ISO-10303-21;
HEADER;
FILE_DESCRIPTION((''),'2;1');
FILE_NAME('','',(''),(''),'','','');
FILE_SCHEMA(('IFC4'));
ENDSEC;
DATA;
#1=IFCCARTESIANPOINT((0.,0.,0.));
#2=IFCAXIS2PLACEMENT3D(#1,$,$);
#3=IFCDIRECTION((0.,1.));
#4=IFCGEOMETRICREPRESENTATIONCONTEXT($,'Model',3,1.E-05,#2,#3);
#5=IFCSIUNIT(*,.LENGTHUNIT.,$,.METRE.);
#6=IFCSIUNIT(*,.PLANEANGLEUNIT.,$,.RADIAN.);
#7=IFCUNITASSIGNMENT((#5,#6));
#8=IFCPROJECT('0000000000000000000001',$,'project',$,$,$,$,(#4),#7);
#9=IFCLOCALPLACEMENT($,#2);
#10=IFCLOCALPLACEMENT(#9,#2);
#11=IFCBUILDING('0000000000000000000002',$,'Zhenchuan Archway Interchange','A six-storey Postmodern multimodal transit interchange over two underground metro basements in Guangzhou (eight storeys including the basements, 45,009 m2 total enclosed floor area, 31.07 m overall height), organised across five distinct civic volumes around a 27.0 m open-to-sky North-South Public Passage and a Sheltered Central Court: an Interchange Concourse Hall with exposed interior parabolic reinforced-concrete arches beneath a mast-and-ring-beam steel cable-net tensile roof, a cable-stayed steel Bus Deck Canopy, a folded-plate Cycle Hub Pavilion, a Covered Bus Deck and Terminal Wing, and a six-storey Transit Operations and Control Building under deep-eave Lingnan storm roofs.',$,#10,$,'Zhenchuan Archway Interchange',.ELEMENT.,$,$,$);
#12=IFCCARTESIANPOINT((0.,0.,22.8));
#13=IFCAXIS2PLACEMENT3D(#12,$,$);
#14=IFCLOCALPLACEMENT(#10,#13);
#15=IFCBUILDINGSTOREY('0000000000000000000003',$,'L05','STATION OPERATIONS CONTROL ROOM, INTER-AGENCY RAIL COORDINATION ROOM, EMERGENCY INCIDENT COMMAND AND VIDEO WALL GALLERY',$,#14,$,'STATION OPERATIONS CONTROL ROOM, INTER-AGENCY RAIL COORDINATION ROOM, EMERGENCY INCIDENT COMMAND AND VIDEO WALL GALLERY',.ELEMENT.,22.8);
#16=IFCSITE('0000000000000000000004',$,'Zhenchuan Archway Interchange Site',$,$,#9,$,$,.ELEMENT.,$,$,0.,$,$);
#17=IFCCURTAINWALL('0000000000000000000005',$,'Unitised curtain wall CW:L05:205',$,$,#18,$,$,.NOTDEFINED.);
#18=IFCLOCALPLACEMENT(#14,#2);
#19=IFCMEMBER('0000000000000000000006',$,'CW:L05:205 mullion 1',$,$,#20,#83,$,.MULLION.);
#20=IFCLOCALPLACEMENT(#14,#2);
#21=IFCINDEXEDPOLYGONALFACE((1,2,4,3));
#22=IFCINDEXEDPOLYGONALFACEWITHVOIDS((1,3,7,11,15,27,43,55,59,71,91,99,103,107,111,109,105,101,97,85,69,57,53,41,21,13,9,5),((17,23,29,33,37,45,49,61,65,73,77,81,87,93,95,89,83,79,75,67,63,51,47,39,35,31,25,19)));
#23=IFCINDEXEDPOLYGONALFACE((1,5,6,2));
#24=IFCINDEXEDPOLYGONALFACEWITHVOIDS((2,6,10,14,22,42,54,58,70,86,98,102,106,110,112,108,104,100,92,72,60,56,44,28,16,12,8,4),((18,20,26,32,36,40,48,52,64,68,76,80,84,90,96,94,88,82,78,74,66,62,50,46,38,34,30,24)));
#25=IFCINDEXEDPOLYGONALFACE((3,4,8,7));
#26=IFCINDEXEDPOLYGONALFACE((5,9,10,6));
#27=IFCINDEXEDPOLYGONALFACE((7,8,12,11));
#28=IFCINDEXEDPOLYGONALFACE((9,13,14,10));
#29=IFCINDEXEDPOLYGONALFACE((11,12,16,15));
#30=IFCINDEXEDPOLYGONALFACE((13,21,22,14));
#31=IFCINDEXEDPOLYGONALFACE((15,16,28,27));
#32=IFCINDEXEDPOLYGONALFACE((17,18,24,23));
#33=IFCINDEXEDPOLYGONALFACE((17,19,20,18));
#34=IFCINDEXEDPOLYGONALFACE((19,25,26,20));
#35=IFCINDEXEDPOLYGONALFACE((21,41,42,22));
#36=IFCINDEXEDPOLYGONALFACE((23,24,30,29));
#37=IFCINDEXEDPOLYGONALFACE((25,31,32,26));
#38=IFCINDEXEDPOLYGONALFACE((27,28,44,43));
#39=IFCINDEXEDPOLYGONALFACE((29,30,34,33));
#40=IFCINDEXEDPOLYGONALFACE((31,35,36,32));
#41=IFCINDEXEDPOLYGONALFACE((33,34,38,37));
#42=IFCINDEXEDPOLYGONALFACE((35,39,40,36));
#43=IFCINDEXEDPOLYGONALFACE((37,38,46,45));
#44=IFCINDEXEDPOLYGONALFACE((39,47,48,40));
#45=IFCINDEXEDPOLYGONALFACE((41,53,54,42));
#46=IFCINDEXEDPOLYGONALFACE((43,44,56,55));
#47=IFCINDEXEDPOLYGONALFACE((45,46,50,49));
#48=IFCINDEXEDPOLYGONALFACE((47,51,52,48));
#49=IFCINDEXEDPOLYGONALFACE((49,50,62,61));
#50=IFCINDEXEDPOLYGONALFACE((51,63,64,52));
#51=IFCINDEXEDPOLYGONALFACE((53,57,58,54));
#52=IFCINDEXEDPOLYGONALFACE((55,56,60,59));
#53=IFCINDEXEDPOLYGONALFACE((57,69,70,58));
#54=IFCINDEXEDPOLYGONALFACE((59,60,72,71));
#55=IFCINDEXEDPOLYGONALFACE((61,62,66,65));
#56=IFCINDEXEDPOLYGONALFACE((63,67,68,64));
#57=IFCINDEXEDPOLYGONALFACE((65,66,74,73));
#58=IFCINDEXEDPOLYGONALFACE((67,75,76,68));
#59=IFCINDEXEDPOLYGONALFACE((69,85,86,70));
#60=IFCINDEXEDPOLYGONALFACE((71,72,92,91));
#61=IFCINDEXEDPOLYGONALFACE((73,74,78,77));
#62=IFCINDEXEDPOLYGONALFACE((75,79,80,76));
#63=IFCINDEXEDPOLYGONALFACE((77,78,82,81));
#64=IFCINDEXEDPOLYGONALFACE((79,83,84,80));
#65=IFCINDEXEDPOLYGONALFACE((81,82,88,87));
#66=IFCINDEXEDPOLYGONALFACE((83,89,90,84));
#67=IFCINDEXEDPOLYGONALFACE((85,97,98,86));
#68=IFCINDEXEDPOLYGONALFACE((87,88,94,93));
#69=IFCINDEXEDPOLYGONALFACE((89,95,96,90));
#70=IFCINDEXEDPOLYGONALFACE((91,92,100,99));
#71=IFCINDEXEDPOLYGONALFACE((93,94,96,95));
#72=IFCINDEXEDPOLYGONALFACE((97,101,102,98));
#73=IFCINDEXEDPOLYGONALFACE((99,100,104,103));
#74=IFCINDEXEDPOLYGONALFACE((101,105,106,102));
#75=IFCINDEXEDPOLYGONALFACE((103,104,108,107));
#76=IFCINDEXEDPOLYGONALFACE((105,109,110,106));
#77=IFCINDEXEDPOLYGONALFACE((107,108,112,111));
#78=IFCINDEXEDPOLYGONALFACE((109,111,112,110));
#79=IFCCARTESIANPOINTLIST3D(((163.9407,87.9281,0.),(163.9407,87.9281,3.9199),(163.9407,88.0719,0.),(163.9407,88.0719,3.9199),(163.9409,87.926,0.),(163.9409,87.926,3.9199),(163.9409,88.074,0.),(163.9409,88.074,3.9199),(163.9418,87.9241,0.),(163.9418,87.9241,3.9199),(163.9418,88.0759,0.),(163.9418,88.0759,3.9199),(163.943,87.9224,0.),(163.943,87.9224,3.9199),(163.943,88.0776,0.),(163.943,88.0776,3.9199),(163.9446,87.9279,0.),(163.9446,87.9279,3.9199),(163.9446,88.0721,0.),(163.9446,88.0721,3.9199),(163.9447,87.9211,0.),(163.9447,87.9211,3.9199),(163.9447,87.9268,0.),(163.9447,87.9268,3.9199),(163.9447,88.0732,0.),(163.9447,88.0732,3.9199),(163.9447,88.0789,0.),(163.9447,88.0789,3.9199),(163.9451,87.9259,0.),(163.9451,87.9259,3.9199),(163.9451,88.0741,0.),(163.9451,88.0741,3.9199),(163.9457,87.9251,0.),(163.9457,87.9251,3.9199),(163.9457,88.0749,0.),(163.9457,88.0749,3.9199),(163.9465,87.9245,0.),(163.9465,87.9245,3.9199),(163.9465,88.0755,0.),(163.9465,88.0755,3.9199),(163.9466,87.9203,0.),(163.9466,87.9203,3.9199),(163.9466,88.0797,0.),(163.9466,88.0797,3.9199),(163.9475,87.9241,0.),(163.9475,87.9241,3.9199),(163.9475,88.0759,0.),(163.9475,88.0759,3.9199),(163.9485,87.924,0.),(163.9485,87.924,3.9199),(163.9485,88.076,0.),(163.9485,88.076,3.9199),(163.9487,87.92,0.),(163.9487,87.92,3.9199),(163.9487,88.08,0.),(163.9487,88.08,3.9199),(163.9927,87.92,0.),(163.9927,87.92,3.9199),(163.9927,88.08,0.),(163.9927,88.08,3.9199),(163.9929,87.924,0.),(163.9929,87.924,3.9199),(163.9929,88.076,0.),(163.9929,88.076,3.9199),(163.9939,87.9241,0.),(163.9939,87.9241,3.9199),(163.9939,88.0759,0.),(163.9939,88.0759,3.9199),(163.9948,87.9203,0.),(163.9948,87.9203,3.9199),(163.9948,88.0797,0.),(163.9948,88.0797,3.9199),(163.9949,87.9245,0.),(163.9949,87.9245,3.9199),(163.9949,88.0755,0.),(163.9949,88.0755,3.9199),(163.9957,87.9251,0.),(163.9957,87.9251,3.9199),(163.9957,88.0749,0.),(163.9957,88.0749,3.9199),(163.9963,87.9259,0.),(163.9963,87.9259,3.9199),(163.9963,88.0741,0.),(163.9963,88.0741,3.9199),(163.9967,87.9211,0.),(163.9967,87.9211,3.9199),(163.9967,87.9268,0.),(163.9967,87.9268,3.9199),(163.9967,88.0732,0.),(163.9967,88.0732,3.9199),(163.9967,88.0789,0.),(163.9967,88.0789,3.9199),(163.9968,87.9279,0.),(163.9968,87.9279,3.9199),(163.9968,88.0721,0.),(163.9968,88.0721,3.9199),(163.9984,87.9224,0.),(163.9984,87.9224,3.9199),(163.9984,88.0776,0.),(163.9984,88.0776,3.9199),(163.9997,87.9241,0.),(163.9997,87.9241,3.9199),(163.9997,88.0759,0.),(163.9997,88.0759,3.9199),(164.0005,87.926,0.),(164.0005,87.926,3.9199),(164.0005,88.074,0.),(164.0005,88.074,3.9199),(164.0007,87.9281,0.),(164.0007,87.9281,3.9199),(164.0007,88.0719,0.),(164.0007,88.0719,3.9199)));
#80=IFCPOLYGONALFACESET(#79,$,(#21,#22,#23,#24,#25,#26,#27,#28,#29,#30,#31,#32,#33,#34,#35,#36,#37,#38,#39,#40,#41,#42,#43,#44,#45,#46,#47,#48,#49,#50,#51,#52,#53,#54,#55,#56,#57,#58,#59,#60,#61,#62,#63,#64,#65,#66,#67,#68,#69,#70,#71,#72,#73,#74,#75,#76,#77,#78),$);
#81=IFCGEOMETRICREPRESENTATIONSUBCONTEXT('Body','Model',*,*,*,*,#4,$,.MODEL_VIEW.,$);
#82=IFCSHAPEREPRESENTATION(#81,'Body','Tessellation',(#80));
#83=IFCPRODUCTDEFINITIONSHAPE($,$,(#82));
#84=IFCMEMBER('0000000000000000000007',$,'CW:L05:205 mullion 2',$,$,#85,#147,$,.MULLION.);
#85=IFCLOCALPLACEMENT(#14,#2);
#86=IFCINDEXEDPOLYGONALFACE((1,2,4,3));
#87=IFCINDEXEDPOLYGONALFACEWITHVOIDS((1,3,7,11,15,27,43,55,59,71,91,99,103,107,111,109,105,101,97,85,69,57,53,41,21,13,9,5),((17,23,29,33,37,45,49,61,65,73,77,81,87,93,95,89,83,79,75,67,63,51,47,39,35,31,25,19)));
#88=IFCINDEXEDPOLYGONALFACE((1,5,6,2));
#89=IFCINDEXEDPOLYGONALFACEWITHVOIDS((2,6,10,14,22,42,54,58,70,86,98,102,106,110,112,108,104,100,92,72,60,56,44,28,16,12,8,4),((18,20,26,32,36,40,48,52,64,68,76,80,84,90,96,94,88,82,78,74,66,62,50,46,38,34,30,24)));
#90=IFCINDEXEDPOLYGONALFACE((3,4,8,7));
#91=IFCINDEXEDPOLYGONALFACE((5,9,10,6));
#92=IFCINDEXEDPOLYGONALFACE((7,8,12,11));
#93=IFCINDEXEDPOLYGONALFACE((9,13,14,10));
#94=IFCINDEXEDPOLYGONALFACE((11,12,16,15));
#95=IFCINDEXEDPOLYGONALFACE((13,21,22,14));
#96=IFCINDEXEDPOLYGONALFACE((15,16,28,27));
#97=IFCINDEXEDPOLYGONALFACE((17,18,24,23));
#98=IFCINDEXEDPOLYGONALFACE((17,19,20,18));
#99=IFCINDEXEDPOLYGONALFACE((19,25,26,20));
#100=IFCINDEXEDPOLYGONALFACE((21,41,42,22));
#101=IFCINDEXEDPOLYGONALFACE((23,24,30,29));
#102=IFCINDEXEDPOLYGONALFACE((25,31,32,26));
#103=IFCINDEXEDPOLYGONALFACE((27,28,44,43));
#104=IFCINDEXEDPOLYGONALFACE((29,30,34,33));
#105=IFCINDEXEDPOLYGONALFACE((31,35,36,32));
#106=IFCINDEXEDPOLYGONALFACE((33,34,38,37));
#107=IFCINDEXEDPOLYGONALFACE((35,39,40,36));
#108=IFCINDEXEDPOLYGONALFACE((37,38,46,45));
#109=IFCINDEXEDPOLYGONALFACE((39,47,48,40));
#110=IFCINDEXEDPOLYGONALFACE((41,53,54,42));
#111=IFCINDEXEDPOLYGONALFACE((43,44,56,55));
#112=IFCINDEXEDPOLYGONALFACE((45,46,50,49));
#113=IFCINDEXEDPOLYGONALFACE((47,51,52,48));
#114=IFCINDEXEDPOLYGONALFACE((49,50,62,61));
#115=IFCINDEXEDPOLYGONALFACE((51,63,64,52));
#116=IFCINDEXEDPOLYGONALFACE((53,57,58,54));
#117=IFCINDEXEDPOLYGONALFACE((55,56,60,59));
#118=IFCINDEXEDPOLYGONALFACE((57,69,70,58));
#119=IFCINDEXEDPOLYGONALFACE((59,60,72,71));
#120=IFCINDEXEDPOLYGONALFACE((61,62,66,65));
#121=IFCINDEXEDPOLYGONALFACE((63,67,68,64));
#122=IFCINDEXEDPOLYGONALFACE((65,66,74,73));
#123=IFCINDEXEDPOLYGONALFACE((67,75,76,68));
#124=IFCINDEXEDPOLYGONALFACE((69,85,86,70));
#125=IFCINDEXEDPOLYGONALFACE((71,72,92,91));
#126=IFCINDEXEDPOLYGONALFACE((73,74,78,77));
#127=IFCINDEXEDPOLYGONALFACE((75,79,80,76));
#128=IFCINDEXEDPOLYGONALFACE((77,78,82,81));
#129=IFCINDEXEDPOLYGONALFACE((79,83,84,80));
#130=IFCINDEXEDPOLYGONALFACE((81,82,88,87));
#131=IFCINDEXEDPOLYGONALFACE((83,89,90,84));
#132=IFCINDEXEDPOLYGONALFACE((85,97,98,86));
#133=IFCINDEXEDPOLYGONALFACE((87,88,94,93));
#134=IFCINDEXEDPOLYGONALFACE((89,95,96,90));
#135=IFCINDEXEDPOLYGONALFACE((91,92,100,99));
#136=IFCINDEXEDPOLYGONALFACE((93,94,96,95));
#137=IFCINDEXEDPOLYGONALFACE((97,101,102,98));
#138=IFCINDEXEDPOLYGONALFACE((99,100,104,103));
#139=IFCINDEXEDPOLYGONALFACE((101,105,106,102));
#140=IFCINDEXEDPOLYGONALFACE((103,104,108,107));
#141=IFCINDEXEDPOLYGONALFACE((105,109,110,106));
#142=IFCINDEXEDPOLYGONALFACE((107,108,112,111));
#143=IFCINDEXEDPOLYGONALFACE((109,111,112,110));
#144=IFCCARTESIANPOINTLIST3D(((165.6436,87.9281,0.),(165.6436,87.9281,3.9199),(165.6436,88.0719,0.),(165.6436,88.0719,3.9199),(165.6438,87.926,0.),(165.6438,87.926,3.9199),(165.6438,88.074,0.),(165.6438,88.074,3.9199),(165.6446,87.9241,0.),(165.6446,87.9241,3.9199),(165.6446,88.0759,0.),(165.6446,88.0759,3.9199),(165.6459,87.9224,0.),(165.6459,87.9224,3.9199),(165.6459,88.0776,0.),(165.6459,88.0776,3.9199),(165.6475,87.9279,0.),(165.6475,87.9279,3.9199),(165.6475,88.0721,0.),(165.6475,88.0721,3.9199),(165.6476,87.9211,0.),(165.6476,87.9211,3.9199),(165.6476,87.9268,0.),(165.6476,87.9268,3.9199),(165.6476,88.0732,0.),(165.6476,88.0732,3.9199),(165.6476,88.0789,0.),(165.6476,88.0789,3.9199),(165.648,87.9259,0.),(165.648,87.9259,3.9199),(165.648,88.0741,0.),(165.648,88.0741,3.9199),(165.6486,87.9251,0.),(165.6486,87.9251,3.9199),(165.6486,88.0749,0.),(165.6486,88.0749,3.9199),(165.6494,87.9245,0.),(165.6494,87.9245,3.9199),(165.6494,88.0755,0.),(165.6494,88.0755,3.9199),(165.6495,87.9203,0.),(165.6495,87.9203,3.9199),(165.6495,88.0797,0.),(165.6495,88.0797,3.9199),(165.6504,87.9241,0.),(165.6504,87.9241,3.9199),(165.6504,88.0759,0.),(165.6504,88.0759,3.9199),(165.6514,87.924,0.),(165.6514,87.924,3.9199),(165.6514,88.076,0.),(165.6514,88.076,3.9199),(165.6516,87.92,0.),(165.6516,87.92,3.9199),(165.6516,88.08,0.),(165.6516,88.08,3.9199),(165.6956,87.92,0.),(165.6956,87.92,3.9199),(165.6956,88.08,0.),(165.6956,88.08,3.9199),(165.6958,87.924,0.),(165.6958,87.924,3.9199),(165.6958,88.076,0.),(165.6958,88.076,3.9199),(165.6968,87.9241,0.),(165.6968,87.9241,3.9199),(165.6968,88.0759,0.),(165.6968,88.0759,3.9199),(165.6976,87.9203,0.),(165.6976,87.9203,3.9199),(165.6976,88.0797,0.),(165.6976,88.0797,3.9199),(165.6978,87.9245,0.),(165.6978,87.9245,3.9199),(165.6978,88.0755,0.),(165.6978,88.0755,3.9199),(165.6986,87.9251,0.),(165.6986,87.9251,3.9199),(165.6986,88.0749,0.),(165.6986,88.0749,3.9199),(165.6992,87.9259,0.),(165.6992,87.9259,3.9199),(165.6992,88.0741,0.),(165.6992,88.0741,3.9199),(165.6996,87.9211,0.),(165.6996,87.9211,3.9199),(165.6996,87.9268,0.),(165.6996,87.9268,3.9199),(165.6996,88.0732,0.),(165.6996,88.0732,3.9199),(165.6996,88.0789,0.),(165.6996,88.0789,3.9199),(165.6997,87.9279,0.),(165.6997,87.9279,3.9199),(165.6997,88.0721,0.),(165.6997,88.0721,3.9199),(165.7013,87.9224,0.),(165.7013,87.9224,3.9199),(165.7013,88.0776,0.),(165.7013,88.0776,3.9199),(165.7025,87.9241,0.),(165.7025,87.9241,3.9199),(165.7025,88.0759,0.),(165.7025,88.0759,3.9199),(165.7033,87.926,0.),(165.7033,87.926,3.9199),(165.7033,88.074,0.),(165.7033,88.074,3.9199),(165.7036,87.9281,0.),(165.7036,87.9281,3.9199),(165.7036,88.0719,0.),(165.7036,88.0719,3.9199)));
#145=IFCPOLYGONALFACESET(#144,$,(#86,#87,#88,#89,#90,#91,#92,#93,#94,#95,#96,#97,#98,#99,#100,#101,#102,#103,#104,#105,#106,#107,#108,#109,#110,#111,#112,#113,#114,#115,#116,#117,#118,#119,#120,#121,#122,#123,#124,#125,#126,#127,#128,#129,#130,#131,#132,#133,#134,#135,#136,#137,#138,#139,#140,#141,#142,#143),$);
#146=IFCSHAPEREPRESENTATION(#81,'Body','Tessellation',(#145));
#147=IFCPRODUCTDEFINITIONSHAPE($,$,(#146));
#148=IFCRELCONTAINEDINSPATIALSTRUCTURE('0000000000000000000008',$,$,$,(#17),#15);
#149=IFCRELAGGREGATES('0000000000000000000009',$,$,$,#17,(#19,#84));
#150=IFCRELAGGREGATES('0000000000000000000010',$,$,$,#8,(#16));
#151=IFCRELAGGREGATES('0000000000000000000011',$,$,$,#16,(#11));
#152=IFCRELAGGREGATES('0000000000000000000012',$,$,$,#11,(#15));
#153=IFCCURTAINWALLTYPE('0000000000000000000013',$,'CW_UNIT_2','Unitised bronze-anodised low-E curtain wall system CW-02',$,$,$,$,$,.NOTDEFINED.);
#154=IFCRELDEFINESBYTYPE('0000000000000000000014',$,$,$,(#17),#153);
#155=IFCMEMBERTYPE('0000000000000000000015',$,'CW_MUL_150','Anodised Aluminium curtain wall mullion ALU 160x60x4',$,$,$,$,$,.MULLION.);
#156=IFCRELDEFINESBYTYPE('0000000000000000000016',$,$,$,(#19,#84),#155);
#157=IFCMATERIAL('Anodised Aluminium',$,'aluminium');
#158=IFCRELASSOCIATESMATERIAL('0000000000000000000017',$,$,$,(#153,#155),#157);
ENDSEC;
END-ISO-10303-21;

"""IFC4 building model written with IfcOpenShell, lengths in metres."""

from ifc_helpers import new_model, si_unit, direction, frame, origin, origin_2d, place, context, subcontext, project, spatial, hollow_rectangle, extrude, material, material_profile, profile_set, type_object, element, aggregate, save


model = new_model("IFC4")

# Units and contexts
model_context = context("Model", 3, precision=1e-05, world=origin(), true_north=direction((0.0, 1.0)))
body_context = subcontext(model_context, "Body", "Model", "MODEL_VIEW")
ifc_project = project(units=[si_unit("LENGTHUNIT", "METRE"), si_unit("PLANEANGLEUNIT", "RADIAN")], contexts=[model_context])

# Site, building, storey
site_placement = place(None, origin())
site = spatial("IfcSite", under=ifc_project, at=site_placement, Name="Zhenchuan Archway Interchange Site", CompositionType="ELEMENT", RefElevation=0.0)
building_placement = place(site_placement, origin())
building = spatial("IfcBuilding", under=site, at=building_placement, Name="Zhenchuan Archway Interchange", Description="A six-storey Postmodern multimodal transit interchange over two underground metro basements in Guangzhou (eight storeys including the basements, 45,009 m2 total enclosed floor area, 31.07 m overall height), organised across five distinct civic volumes around a 27.0 m open-to-sky North-South Public Passage and a Sheltered Central Court: an Interchange Concourse Hall with exposed interior parabolic reinforced-concrete arches beneath a mast-and-ring-beam steel cable-net tensile roof, a cable-stayed steel Bus Deck Canopy, a folded-plate Cycle Hub Pavilion, a Covered Bus Deck and Terminal Wing, and a six-storey Transit Operations and Control Building under deep-eave Lingnan storm roofs.", LongName="Zhenchuan Archway Interchange", CompositionType="ELEMENT")
storey_placement = place(building_placement, frame((0.0, 0.0, 22.8)))
storey = spatial("IfcBuildingStorey", under=building, at=storey_placement, Name="L05", Description="STATION OPERATIONS CONTROL ROOM, INTER-AGENCY RAIL COORDINATION ROOM, EMERGENCY INCIDENT COMMAND AND VIDEO WALL GALLERY", LongName="STATION OPERATIONS CONTROL ROOM, INTER-AGENCY RAIL COORDINATION ROOM, EMERGENCY INCIDENT COMMAND AND VIDEO WALL GALLERY", CompositionType="ELEMENT", Elevation=22.8)

# Curtain wall, members
ifc_material_1 = material(Name="Anodised Aluminium", Category="aluminium")
curtain_wall_type = type_object("IfcCurtainWallType", Name="CW_UNIT_2", Description="Unitised bronze-anodised low-E curtain wall system CW-02", PredefinedType="NOTDEFINED", material=ifc_material_1)
curtain_wall_placement = place(storey_placement, origin())
curtain_wall = element("IfcCurtainWall", 1, at=curtain_wall_placement, inside=storey, type_object=curtain_wall_type, Name="Unitised curtain wall CW:L05:205", PredefinedType="NOTDEFINED")
ifc_material_profile_1 = material_profile(ifc_material_1, hollow_rectangle(XDim=0.0601, YDim=0.1599, WallThickness=0.0039, InnerFilletRadius=0.0039, OuterFilletRadius=0.0081, at=origin_2d()), Name="ALU 160x60x4")
ifc_profile_set_1 = profile_set([ifc_material_profile_1], Name="Anodised Aluminium")
member_type_1 = type_object("IfcMemberType", Name="CW_MUL_150", Description="Anodised Aluminium curtain wall mullion ALU 160x60x4", PredefinedType="MULLION", material=ifc_profile_set_1)
member_1_placement = place(storey_placement, frame((163.9707, 88.0, 0.0), z_axis=(0.0, 0.0, 1.0), x_axis=(1.0, 0.0, 0.0)))
member_1 = element("IfcMember", 2, at=member_1_placement, type_object=member_type_1, Name="CW:L05:205 mullion 1", PredefinedType="MULLION", context=body_context, shape_type="SweptSolid", body=[
    extrude(hollow_rectangle(XDim=0.0601, YDim=0.1599, WallThickness=0.0039, InnerFilletRadius=0.0039, OuterFilletRadius=0.0081, at=origin_2d()), origin(), (0.0, 0.0, 1.0), 3.9199),
])
member_2_placement = place(storey_placement, frame((165.6736, 88.0, 0.0), z_axis=(0.0, 0.0, 1.0), x_axis=(1.0, 0.0, 0.0)))
member_2 = element("IfcMember", 3, at=member_2_placement, type_object=member_type_1, Name="CW:L05:205 mullion 2", PredefinedType="MULLION", context=body_context, shape_type="SweptSolid", body=[
    extrude(hollow_rectangle(XDim=0.0601, YDim=0.1599, WallThickness=0.0039, InnerFilletRadius=0.0039, OuterFilletRadius=0.0081, at=origin_2d()), origin(), (0.0, 0.0, 1.0), 3.9199),
])

aggregate(curtain_wall, [member_1, member_2])

save(model, "model.ifc")
